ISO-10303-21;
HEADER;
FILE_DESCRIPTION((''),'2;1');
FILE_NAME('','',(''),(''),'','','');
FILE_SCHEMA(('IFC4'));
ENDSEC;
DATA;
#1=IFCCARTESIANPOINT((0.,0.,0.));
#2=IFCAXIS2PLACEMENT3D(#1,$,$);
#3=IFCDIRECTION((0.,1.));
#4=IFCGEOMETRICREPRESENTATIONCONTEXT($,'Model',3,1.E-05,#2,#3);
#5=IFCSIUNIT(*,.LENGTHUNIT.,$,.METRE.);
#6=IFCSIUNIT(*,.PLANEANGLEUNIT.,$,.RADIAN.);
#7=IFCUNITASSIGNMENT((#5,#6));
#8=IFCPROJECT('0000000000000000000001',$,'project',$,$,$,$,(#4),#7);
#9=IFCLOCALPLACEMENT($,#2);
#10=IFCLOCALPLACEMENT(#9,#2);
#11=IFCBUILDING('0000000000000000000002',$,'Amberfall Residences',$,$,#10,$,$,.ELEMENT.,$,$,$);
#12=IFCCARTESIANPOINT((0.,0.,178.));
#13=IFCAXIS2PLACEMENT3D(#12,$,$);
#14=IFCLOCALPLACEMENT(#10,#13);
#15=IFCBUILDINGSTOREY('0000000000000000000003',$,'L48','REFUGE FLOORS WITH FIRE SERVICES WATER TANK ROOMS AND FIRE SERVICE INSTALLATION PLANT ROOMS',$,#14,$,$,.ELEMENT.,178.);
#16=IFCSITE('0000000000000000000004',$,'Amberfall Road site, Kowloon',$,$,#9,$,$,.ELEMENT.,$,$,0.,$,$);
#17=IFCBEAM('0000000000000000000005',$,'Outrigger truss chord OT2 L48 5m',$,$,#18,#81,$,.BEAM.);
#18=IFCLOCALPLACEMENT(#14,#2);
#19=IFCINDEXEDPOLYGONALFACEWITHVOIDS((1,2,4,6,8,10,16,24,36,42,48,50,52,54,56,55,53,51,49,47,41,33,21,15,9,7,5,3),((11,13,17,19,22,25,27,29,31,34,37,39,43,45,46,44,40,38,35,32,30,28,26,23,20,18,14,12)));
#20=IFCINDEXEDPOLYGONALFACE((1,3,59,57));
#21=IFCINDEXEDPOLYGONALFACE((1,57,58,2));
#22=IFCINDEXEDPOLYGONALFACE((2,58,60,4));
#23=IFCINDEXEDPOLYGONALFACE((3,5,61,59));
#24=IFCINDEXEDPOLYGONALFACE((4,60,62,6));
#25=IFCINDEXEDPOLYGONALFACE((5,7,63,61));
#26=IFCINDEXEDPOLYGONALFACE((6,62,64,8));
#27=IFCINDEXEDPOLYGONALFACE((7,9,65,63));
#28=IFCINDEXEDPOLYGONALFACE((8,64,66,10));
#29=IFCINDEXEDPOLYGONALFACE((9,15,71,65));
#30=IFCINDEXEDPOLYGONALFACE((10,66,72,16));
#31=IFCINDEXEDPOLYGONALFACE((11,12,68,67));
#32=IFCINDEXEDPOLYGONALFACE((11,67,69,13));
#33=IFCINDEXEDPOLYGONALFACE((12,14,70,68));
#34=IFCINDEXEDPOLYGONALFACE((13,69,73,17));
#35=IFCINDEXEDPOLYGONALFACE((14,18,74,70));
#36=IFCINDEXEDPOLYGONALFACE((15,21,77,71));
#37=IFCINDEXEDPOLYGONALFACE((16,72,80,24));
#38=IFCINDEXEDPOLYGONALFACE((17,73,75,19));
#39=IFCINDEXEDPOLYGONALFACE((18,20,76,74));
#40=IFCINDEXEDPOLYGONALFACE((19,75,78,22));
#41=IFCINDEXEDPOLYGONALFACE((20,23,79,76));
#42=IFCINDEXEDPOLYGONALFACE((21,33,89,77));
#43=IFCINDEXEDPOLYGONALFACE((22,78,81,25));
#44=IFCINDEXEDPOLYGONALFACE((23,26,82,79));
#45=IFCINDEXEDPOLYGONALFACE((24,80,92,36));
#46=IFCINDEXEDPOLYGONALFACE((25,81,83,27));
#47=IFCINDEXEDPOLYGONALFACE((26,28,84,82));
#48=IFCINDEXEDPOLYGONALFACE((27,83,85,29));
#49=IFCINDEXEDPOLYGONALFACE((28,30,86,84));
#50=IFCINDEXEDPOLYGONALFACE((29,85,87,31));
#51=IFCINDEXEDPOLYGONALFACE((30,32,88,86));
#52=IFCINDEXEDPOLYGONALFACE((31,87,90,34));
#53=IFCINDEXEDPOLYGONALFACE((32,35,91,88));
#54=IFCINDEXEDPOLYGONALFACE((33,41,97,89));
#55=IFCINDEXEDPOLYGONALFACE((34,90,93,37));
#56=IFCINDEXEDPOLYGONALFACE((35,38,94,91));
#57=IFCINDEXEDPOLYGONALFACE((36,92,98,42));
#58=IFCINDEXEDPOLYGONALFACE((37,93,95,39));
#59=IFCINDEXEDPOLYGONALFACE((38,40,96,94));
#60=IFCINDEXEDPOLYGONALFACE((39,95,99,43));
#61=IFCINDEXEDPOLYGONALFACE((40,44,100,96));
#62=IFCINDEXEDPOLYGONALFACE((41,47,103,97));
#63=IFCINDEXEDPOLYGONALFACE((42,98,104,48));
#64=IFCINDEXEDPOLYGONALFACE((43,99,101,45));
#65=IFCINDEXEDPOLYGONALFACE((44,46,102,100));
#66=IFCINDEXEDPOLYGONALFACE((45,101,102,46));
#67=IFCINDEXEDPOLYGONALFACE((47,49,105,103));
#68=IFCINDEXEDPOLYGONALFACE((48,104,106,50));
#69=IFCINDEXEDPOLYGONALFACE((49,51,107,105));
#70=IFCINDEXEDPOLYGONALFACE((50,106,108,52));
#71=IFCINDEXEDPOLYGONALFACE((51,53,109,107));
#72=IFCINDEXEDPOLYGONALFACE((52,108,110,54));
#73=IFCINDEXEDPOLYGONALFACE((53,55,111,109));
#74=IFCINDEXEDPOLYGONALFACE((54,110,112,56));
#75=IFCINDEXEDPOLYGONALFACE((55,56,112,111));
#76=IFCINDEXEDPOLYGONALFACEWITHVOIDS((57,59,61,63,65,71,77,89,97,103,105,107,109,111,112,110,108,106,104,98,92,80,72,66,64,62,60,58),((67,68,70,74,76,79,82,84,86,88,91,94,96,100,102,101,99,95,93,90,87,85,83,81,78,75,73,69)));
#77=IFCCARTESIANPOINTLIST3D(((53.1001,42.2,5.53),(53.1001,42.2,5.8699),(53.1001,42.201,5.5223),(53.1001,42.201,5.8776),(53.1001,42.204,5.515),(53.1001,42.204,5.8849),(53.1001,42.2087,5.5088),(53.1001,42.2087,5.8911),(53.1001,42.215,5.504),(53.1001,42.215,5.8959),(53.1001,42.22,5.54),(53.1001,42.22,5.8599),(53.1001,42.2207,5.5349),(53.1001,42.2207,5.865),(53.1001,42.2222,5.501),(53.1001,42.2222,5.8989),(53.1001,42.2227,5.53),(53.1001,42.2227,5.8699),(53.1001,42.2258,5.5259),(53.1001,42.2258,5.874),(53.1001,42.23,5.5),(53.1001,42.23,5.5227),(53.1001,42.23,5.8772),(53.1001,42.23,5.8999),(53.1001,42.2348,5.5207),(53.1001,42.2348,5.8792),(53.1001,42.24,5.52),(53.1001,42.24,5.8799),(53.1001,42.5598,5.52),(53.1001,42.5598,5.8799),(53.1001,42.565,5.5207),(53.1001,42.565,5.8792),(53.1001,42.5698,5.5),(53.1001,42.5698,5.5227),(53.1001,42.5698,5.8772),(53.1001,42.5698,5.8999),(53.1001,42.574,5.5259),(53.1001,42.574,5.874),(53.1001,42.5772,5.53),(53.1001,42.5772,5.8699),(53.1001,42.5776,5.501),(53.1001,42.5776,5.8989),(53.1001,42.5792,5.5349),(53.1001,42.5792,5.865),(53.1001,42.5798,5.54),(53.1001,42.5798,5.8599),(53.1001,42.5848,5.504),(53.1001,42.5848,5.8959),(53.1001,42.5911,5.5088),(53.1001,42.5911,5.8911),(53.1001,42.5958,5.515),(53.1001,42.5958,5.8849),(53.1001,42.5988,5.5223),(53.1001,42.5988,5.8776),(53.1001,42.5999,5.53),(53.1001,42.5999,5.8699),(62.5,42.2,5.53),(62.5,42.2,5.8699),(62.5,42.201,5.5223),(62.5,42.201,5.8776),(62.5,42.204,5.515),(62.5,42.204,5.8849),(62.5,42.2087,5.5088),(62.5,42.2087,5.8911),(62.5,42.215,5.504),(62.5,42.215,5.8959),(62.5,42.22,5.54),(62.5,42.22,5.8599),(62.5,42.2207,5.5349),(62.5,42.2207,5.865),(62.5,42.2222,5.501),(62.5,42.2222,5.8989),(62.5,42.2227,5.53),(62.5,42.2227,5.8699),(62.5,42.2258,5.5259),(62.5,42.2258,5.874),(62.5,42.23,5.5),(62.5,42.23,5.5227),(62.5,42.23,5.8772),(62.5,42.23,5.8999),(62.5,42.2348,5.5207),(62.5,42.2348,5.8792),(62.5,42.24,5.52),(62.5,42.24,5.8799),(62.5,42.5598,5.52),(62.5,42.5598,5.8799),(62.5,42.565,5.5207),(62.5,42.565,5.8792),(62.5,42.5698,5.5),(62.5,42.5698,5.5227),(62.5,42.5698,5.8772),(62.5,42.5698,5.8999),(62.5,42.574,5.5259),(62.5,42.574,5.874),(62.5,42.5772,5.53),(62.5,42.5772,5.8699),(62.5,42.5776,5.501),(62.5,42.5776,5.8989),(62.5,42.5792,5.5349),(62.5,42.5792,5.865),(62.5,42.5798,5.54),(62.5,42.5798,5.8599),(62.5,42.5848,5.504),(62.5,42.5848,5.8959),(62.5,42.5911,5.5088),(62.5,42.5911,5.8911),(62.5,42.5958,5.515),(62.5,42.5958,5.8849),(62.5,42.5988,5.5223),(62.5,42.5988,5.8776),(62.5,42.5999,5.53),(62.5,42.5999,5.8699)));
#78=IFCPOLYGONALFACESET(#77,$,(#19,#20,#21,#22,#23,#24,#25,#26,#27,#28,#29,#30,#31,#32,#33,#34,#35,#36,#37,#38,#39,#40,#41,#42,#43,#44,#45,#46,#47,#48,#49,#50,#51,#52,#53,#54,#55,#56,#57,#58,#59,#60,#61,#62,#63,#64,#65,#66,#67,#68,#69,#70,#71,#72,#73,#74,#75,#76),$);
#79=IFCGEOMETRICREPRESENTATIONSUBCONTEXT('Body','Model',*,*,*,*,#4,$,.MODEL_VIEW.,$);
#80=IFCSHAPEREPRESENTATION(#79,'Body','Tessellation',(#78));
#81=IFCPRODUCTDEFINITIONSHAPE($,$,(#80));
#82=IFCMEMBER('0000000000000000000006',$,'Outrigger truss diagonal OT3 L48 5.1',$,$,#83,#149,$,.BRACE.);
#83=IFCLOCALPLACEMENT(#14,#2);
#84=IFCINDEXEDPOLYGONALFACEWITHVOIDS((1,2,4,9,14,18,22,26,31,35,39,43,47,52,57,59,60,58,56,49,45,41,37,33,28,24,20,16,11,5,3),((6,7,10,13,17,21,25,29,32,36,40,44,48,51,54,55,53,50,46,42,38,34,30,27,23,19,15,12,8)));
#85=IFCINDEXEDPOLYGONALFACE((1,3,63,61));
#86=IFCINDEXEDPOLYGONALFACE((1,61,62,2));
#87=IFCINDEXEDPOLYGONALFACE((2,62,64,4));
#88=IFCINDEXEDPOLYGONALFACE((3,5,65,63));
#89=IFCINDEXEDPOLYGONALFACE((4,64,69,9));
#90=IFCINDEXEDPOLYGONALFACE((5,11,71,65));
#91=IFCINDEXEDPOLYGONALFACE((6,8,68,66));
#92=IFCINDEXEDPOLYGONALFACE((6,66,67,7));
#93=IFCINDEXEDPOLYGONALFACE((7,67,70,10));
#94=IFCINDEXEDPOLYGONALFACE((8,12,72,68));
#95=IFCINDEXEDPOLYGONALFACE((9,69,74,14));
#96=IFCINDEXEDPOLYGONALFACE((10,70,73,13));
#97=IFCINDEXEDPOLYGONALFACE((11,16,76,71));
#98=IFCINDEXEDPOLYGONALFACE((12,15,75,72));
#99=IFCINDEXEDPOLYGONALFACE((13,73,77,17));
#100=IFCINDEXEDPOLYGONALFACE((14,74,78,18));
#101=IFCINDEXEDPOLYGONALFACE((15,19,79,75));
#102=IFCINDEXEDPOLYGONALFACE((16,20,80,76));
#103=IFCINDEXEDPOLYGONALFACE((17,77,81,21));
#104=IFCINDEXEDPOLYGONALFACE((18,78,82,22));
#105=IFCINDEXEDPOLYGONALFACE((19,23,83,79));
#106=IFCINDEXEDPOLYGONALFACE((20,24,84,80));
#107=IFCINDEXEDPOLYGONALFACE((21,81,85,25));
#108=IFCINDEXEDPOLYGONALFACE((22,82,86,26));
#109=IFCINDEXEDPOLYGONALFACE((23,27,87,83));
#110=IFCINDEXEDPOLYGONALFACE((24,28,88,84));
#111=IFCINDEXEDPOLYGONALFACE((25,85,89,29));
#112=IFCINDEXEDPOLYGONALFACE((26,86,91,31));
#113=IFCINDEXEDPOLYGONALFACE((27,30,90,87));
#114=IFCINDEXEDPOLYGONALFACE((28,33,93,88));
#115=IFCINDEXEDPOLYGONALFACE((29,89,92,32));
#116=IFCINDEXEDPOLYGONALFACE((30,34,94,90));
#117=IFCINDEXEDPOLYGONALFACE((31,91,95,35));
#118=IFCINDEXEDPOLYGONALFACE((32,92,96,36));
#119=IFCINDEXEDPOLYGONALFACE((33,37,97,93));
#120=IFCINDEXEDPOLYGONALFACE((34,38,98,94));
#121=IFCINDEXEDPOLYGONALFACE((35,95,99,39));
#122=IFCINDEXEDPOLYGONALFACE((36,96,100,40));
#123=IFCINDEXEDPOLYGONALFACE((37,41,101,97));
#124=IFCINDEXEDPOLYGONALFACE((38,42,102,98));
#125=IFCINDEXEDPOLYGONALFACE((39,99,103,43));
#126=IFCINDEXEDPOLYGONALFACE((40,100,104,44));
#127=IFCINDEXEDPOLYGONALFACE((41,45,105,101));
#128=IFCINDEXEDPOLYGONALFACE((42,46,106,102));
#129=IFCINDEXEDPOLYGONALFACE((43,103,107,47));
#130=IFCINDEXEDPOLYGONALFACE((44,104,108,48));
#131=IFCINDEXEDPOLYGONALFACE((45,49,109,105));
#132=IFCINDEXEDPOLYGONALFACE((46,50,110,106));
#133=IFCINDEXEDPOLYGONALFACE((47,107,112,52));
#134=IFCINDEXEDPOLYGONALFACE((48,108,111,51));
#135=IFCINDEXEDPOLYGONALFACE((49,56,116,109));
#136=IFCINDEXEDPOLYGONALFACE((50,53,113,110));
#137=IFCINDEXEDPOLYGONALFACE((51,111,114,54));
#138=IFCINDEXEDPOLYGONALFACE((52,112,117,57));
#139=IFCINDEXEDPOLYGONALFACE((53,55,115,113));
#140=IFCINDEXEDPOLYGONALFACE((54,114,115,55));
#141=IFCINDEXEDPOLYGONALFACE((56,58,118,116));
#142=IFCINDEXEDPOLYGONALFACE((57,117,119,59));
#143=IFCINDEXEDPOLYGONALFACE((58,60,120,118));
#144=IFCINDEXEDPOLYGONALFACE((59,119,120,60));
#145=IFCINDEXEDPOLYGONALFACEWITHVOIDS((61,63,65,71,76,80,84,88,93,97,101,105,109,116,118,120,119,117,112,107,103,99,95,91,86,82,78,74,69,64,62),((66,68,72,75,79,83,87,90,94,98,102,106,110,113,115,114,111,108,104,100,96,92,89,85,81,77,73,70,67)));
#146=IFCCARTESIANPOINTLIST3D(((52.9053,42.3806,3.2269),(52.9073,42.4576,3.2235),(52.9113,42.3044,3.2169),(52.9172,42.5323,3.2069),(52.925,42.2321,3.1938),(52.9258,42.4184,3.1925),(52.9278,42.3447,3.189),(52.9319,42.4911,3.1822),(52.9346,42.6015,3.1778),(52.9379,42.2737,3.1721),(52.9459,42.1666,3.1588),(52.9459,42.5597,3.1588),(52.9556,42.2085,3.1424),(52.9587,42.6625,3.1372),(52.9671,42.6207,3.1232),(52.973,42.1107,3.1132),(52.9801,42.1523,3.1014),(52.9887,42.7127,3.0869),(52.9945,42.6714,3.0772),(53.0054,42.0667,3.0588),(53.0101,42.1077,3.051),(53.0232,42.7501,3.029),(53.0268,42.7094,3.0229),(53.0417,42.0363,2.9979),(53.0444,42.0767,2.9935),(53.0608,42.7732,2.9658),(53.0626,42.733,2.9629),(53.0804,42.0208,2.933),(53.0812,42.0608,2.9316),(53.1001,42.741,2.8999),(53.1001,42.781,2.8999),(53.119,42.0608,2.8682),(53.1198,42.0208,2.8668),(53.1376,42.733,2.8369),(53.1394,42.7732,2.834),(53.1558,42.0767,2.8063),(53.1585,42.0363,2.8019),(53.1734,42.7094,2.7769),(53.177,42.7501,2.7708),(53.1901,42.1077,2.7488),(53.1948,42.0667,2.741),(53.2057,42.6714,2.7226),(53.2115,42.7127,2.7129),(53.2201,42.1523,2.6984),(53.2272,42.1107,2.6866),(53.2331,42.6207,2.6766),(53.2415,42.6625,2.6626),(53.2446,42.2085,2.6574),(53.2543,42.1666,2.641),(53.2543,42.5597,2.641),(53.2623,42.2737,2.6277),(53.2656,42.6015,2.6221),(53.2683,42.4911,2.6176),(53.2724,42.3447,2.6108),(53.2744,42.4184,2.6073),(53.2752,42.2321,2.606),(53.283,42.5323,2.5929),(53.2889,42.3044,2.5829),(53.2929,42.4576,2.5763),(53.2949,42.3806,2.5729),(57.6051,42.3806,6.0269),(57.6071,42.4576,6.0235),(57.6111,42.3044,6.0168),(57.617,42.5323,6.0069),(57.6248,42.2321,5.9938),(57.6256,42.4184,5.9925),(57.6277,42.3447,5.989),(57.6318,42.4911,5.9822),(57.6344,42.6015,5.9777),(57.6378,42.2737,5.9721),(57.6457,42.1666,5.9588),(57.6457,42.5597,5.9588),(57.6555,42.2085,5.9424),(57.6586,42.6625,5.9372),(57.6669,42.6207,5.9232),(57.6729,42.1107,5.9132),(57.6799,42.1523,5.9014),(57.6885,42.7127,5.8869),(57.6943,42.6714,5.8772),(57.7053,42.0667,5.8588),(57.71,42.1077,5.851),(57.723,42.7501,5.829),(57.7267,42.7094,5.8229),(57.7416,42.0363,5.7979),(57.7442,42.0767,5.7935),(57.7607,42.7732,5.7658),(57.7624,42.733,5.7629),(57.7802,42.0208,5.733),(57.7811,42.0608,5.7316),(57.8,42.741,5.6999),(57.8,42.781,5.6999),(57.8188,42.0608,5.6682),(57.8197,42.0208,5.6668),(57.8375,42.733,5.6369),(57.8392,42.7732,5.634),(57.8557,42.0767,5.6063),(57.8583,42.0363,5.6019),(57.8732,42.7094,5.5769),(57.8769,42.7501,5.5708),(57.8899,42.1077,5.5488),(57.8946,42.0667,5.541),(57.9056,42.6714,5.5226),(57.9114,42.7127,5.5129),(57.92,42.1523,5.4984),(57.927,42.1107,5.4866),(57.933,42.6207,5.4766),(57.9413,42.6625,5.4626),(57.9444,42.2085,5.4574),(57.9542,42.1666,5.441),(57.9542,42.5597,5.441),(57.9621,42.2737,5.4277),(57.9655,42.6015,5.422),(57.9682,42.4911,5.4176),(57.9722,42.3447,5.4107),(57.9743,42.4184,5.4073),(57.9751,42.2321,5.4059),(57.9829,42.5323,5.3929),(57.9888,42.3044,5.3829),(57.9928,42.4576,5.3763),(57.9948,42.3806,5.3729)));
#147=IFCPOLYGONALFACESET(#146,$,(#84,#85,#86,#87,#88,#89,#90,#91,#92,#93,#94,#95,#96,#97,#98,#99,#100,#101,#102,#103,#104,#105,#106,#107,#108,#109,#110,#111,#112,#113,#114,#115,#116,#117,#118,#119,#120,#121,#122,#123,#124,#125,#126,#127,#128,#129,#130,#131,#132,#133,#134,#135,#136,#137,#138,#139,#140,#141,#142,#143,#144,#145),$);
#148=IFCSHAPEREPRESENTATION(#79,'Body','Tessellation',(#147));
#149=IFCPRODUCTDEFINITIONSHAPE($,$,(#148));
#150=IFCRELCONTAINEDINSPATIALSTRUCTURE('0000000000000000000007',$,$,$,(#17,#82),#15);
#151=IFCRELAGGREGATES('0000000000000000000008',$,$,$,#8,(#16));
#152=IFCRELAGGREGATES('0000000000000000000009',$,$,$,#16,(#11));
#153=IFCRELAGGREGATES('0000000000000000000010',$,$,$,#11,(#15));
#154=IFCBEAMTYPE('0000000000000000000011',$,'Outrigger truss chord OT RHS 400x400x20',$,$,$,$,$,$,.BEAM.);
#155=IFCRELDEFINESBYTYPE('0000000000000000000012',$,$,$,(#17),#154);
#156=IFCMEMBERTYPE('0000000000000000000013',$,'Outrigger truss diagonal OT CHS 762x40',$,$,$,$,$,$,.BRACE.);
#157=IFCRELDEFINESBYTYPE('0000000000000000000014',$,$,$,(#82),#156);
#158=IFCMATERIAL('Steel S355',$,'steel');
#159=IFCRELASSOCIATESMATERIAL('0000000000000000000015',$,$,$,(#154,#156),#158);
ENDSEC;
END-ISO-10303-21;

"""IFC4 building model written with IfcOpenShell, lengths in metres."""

from ifc_helpers import new_model, si_unit, direction, frame, origin, origin_2d, place, context, subcontext, project, spatial, hollow_rectangle, hollow_circle, extrude, material, material_profile, profile_set, type_object, element, save


model = new_model("IFC4")

# Units and contexts
model_context = context("Model", 3, precision=1e-05, world=origin(), true_north=direction((0.0, 1.0)))
body_context = subcontext(model_context, "Body", "Model", "MODEL_VIEW")
ifc_project = project(units=[si_unit("LENGTHUNIT", "METRE"), si_unit("PLANEANGLEUNIT", "RADIAN")], contexts=[model_context])

# Site, building, storey
site_placement = place(None, origin())
site = spatial("IfcSite", under=ifc_project, at=site_placement, Name="Amberfall Road site, Kowloon", CompositionType="ELEMENT", RefElevation=0.0)
building_placement = place(site_placement, origin())
building = spatial("IfcBuilding", under=site, at=building_placement, Name="Amberfall Residences", CompositionType="ELEMENT")
storey_placement = place(building_placement, frame((0.0, 0.0, 178.0)))
storey = spatial("IfcBuildingStorey", under=building, at=storey_placement, Name="L48", Description="REFUGE FLOORS WITH FIRE SERVICES WATER TANK ROOMS AND FIRE SERVICE INSTALLATION PLANT ROOMS", CompositionType="ELEMENT", Elevation=178.0)

# Shared definitions
ifc_material_1 = material(Name="Steel S355", Category="steel")

# Beam
ifc_material_profile_1 = material_profile(ifc_material_1, hollow_rectangle(XDim=0.3999, YDim=0.3999, WallThickness=0.02, InnerFilletRadius=0.02, OuterFilletRadius=0.03, at=origin_2d()), Name="RHS 400x400x20")
ifc_profile_set_1 = profile_set([ifc_material_profile_1], Name="Steel S355")
beam_type_1 = type_object("IfcBeamType", Name="Outrigger truss chord OT RHS 400x400x20", PredefinedType="BEAM", material=ifc_profile_set_1)
for number, where, z_axis, x_axis, name in (
    (1, (53.1001, 42.3999, 5.7), (1.0, 0.0, 0.0), (0.0, 1.0, 0.0), "Outrigger truss chord OT2 L48 5m"),
):
    element("IfcBeam", number, at=place(storey_placement, frame(where, z_axis=z_axis, x_axis=x_axis)), inside=storey, type_object=beam_type_1, Name=name, PredefinedType="BEAM", context=body_context, shape_type="SweptSolid", body=[
        extrude(hollow_rectangle(XDim=0.3999, YDim=0.3999, WallThickness=0.02, InnerFilletRadius=0.02, OuterFilletRadius=0.03, at=origin_2d()), origin(), (0.0, 0.0, 1.0), 9.3999),
    ])

# Member
ifc_material_profile_2 = material_profile(ifc_material_1, hollow_circle(Radius=0.3811, WallThickness=0.04, at=origin_2d()), Name="CHS 762x40")
ifc_profile_set_2 = profile_set([ifc_material_profile_2], Name="Steel S355")
member_type_1 = type_object("IfcMemberType", Name="Outrigger truss diagonal OT CHS 762x40", PredefinedType="BRACE", material=ifc_profile_set_2)
for number, where, z_axis, x_axis, name in (
    (2, (53.1001, 42.3999, 2.8999), (0.859095, 0.0, 0.511816), (0.0, 1.0, 0.0), "Outrigger truss diagonal OT3 L48 5.1"),
):
    element("IfcMember", number, at=place(storey_placement, frame(where, z_axis=z_axis, x_axis=x_axis)), inside=storey, type_object=member_type_1, Name=name, PredefinedType="BRACE", context=body_context, shape_type="SweptSolid", body=[
        extrude(hollow_circle(Radius=0.3811, WallThickness=0.04, at=origin_2d()), origin(), (0.0, 0.0, 1.0), 5.4707),
    ])

save(model, "model.ifc")
